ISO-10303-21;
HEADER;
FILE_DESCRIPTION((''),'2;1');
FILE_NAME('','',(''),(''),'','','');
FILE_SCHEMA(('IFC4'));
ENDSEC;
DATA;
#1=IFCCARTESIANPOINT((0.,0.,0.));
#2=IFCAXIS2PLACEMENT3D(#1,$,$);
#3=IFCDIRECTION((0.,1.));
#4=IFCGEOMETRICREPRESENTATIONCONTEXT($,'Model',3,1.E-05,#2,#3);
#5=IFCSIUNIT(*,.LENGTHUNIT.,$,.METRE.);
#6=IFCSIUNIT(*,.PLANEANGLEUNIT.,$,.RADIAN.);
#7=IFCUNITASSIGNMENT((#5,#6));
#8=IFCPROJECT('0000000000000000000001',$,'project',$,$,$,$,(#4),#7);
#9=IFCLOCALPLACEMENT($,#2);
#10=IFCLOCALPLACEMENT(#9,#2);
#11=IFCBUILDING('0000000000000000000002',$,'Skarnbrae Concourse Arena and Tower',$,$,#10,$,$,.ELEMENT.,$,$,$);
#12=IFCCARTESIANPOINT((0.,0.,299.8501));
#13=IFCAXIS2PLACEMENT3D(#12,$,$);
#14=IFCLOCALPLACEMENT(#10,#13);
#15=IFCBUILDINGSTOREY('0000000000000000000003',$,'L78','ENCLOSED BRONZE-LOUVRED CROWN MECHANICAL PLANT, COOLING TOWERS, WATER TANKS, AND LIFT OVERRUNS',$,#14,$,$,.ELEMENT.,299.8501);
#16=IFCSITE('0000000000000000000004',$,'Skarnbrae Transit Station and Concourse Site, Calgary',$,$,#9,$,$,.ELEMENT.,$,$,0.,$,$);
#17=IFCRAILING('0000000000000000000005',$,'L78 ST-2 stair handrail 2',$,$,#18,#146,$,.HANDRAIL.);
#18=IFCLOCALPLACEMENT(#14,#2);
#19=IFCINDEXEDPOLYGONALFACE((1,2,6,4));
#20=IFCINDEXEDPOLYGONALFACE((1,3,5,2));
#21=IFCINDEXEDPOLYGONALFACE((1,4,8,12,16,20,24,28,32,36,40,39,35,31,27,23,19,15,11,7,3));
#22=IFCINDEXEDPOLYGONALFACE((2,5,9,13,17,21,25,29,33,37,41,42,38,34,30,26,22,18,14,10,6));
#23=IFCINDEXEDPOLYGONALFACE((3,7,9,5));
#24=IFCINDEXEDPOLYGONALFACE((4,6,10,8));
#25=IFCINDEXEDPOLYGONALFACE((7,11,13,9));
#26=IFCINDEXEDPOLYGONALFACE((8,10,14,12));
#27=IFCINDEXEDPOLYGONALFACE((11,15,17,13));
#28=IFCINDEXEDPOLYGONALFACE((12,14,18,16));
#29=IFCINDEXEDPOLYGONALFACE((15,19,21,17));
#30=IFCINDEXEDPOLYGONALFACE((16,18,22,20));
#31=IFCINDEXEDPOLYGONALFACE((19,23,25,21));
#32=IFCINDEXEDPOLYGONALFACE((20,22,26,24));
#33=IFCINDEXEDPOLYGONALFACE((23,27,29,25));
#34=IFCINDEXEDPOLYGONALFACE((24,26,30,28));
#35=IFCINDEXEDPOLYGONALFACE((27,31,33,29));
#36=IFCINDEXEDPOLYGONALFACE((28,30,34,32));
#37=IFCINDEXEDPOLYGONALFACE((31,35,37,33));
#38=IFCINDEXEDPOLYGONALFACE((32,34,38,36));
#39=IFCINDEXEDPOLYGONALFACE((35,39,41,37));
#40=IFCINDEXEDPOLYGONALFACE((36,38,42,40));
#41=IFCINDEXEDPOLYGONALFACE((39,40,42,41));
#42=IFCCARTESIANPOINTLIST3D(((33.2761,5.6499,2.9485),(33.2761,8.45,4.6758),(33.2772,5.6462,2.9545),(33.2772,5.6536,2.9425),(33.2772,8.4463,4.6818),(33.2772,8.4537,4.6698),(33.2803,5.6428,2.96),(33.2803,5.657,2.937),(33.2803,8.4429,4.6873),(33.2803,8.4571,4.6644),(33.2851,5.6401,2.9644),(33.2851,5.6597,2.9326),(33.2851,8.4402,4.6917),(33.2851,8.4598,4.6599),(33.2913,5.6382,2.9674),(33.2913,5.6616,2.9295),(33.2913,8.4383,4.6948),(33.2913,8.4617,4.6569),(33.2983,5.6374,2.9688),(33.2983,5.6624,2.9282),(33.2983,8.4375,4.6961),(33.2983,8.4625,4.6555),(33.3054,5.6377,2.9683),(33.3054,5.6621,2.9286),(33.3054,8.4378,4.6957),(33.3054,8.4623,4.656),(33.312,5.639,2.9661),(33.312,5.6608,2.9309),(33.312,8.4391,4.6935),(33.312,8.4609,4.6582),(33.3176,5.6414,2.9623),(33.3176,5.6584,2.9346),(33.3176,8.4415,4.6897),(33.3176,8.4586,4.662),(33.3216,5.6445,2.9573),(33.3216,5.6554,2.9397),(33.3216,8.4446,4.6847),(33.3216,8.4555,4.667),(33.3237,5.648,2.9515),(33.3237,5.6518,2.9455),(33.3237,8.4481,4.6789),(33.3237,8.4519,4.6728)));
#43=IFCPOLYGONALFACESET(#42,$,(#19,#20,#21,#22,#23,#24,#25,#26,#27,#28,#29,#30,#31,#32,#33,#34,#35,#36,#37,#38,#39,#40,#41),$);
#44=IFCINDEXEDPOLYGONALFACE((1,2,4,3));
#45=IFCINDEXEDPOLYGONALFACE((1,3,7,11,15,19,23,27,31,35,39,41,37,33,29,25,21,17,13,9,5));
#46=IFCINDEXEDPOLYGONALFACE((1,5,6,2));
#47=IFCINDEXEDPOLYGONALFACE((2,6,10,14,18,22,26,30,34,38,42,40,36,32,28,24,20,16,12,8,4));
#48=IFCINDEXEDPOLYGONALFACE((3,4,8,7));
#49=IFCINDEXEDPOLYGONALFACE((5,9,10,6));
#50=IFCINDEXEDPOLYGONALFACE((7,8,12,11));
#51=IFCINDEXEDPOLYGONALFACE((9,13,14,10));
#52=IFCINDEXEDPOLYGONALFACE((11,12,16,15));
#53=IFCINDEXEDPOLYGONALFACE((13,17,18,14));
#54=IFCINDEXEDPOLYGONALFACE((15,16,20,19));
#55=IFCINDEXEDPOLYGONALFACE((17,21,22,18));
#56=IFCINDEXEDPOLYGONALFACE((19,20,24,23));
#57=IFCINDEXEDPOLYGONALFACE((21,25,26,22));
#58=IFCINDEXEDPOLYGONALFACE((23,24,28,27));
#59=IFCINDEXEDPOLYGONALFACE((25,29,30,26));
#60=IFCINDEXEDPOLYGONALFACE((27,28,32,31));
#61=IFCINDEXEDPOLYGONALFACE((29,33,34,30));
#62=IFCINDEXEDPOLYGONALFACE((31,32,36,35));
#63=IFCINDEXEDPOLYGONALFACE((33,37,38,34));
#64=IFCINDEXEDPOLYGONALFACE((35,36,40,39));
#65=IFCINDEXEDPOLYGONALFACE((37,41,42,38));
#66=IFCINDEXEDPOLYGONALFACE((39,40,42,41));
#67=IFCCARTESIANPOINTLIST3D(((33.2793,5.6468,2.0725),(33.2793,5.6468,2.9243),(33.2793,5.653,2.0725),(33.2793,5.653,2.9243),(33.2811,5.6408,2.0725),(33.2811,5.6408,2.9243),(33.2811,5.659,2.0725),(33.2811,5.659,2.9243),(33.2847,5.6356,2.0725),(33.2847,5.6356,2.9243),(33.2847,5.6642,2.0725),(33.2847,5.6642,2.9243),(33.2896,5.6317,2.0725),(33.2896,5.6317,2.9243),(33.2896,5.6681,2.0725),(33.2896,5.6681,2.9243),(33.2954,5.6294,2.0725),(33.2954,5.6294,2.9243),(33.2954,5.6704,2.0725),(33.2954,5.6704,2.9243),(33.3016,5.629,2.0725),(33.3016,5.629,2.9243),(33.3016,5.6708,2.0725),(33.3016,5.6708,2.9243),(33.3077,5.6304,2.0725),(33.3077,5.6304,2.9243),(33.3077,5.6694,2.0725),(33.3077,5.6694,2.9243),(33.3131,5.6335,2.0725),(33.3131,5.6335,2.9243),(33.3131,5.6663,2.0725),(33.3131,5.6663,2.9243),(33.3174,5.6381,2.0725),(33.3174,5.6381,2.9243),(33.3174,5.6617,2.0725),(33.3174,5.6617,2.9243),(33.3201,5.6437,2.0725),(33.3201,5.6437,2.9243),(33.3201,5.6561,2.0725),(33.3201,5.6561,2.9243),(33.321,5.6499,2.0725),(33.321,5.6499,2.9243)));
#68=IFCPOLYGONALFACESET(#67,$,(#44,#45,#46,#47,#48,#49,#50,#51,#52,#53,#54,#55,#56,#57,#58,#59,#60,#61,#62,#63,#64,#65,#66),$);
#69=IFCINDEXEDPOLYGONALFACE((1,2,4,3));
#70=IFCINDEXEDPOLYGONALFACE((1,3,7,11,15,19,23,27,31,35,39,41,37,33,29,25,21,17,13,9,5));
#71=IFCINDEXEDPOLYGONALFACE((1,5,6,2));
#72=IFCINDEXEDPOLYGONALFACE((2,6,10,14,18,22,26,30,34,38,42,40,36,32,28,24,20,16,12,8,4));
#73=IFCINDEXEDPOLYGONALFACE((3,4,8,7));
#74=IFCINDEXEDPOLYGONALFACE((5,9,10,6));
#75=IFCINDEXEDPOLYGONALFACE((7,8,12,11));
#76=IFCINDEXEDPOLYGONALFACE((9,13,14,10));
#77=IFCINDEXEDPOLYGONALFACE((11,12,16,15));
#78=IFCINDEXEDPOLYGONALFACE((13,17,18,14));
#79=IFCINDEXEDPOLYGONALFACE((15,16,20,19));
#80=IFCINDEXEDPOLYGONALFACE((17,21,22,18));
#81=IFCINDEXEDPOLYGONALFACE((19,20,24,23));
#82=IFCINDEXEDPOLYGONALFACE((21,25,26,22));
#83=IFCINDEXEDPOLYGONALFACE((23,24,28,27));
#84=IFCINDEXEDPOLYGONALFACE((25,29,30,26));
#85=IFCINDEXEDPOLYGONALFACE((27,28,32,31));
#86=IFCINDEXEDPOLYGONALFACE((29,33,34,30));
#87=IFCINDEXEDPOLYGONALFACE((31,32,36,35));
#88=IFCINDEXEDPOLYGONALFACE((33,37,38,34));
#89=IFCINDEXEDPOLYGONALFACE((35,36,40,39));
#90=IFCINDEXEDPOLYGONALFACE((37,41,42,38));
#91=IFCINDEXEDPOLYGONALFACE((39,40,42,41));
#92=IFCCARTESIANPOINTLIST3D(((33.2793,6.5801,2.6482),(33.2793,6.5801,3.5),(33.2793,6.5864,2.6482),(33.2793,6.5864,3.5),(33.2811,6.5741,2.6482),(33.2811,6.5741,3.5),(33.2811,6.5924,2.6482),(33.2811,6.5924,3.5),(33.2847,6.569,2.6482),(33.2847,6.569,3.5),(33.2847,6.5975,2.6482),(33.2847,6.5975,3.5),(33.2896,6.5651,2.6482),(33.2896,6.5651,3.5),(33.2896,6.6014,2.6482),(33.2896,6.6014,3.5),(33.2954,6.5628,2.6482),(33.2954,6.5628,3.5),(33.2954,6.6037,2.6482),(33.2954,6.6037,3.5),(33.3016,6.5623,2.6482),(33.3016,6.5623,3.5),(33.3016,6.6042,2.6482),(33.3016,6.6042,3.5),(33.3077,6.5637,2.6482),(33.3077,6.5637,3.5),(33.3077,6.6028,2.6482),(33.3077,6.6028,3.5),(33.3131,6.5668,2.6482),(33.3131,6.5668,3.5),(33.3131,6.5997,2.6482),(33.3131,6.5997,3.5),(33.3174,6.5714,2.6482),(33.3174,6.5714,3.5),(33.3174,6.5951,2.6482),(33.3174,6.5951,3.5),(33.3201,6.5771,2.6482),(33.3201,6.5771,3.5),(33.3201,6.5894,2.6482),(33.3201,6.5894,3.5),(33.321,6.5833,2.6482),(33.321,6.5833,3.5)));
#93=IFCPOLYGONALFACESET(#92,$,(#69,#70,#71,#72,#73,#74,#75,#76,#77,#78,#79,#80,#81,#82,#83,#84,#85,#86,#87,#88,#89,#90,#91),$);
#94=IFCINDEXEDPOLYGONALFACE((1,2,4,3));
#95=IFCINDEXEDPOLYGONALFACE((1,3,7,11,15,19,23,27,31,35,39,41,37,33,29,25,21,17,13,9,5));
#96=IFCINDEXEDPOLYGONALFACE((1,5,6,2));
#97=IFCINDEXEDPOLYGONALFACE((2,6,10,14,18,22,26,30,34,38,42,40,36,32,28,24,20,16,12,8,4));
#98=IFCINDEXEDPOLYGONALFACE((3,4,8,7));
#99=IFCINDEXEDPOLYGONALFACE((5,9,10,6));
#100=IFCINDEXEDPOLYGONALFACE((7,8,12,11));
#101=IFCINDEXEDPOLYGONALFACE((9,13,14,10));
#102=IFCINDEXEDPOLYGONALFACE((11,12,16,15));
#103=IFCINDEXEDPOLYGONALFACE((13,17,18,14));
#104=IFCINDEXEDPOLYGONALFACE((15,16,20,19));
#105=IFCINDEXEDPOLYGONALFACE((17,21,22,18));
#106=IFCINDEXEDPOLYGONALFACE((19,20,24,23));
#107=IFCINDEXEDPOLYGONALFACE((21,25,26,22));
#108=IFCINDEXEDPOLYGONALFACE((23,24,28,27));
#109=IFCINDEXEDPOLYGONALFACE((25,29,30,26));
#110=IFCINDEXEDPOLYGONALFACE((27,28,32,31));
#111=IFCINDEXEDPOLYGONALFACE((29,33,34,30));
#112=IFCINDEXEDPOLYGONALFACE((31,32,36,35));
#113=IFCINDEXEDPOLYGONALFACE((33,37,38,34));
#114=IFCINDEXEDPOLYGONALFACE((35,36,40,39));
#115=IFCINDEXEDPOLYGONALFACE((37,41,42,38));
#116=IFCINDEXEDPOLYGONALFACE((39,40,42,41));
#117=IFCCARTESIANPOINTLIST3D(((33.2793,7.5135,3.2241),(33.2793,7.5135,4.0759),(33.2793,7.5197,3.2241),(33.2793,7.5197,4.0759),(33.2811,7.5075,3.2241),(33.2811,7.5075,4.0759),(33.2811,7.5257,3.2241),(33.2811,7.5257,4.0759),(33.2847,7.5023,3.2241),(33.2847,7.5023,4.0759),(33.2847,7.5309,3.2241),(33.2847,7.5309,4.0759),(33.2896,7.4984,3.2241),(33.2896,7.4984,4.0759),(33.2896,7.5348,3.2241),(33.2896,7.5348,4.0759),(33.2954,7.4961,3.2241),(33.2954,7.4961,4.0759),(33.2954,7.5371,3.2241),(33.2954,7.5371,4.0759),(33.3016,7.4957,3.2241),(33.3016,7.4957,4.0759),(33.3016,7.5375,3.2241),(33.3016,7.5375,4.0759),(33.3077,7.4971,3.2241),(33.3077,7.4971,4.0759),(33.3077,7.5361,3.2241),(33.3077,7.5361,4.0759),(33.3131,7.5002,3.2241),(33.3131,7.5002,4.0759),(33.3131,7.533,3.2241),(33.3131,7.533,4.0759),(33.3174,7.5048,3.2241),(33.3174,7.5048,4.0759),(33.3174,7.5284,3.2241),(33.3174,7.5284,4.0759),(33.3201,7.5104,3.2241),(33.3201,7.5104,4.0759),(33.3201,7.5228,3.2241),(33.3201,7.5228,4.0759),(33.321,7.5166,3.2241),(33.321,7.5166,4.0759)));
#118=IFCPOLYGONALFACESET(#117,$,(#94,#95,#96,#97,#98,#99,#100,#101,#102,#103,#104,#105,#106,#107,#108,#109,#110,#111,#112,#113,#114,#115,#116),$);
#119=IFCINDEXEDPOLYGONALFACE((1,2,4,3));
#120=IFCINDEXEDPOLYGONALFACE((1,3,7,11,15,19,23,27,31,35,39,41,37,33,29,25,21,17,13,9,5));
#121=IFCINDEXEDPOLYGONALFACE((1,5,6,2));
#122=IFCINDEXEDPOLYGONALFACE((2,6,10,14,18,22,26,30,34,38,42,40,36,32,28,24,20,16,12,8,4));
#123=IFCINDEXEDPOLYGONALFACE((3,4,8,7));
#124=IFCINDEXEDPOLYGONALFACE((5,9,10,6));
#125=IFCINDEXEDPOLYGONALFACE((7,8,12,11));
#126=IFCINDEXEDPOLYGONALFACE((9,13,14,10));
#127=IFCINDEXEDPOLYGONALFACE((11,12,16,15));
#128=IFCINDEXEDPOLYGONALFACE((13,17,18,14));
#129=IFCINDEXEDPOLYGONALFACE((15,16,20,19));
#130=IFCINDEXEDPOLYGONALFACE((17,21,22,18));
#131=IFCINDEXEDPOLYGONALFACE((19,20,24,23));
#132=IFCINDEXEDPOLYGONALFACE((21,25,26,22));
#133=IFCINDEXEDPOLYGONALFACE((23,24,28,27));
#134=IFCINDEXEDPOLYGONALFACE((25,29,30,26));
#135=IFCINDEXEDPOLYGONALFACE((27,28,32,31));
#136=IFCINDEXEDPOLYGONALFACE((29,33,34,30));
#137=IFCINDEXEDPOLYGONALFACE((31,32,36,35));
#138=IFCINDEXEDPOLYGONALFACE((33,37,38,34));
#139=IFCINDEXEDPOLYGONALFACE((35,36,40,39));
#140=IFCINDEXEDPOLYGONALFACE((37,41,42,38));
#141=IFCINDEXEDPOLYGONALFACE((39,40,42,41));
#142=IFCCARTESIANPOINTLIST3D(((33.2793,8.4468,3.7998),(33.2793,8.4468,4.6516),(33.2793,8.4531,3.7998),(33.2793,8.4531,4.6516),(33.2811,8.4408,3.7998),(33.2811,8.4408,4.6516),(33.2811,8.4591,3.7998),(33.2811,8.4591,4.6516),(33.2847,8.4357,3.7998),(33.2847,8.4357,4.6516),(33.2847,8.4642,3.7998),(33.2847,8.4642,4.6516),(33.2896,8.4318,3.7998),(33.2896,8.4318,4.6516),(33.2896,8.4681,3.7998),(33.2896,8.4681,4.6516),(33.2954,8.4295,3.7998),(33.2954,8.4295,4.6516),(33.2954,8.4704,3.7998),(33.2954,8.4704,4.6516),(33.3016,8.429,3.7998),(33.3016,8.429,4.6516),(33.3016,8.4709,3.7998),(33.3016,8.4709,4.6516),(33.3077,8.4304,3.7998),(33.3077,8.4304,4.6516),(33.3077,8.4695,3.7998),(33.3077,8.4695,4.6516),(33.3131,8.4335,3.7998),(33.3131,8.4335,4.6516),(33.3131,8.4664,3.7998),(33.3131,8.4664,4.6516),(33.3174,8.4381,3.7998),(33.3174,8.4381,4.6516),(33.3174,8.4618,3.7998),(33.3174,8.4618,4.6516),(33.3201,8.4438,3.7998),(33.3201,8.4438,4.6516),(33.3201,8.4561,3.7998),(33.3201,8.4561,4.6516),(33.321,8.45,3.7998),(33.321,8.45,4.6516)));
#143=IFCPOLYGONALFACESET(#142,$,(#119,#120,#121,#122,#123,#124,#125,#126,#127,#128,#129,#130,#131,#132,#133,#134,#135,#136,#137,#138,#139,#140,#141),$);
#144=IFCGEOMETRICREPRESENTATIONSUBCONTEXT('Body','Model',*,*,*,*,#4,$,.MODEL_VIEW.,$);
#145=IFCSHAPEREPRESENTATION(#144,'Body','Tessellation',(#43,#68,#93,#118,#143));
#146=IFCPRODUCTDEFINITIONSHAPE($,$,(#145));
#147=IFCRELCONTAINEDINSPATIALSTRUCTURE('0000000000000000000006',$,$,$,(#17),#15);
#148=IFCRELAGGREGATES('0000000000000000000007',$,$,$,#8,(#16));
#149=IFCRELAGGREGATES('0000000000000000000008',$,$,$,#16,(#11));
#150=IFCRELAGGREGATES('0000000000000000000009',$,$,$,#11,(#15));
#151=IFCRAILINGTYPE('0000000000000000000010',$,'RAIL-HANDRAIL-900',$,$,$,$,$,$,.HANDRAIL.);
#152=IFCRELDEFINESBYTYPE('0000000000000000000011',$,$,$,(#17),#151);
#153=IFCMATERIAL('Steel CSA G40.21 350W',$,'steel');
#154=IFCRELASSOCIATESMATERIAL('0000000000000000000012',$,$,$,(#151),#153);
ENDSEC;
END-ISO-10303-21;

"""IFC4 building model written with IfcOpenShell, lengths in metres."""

from ifc_helpers import new_model, si_unit, direction, frame, origin, origin_2d, place, context, subcontext, project, spatial, circle, extrude, material, type_object, element, save


model = new_model("IFC4")

# Units and contexts
model_context = context("Model", 3, precision=1e-05, world=origin(), true_north=direction((0.0, 1.0)))
body_context = subcontext(model_context, "Body", "Model", "MODEL_VIEW")
ifc_project = project(units=[si_unit("LENGTHUNIT", "METRE"), si_unit("PLANEANGLEUNIT", "RADIAN")], contexts=[model_context])

# Site, building, storey
site_placement = place(None, origin())
site = spatial("IfcSite", under=ifc_project, at=site_placement, Name="Skarnbrae Transit Station and Concourse Site, Calgary", CompositionType="ELEMENT", RefElevation=0.0)
building_placement = place(site_placement, origin())
building = spatial("IfcBuilding", under=site, at=building_placement, Name="Skarnbrae Concourse Arena and Tower", CompositionType="ELEMENT")
storey_placement = place(building_placement, frame((0.0, 0.0, 299.8501)))
storey = spatial("IfcBuildingStorey", under=building, at=storey_placement, Name="L78", Description="ENCLOSED BRONZE-LOUVRED CROWN MECHANICAL PLANT, COOLING TOWERS, WATER TANKS, AND LIFT OVERRUNS", CompositionType="ELEMENT", Elevation=299.8501)

# Shared definitions
ifc_material_1 = material(Name="Steel CSA G40.21 350W", Category="steel")

# Railing
railing_type_1 = type_object("IfcRailingType", Name="RAIL-HANDRAIL-900", PredefinedType="HANDRAIL", material=ifc_material_1)
railing_1_placement = place(storey_placement, frame((33.3, 5.6499, 2.0725)))
element("IfcRailing", 1, at=railing_1_placement, inside=storey, type_object=railing_type_1, Name="L78 ST-2 stair handrail 2", PredefinedType="HANDRAIL", context=body_context, shape_type="SweptSolid", body=[
    extrude(circle(Radius=0.0239, at=origin_2d()), frame((0.0, 0.0, 0.876), z_axis=(0.0, 0.85109, 0.52502), x_axis=(-1.0, 0.0, 0.0)), (0.0, 0.0, 1.0), 3.29),
    extrude(circle(Radius=0.021, at=origin_2d()), origin(), (0.0, 0.0, 1.0), 0.8518),
    extrude(circle(Radius=0.021, at=origin_2d()), frame((0.0, 0.9333, 0.5757)), (0.0, 0.0, 1.0), 0.8518),
    extrude(circle(Radius=0.021, at=origin_2d()), frame((0.0, 1.8667, 1.1516)), (0.0, 0.0, 1.0), 0.8518),
    extrude(circle(Radius=0.021, at=origin_2d()), frame((0.0, 2.8, 1.7273)), (0.0, 0.0, 1.0), 0.8518),
])

save(model, "model.ifc")
